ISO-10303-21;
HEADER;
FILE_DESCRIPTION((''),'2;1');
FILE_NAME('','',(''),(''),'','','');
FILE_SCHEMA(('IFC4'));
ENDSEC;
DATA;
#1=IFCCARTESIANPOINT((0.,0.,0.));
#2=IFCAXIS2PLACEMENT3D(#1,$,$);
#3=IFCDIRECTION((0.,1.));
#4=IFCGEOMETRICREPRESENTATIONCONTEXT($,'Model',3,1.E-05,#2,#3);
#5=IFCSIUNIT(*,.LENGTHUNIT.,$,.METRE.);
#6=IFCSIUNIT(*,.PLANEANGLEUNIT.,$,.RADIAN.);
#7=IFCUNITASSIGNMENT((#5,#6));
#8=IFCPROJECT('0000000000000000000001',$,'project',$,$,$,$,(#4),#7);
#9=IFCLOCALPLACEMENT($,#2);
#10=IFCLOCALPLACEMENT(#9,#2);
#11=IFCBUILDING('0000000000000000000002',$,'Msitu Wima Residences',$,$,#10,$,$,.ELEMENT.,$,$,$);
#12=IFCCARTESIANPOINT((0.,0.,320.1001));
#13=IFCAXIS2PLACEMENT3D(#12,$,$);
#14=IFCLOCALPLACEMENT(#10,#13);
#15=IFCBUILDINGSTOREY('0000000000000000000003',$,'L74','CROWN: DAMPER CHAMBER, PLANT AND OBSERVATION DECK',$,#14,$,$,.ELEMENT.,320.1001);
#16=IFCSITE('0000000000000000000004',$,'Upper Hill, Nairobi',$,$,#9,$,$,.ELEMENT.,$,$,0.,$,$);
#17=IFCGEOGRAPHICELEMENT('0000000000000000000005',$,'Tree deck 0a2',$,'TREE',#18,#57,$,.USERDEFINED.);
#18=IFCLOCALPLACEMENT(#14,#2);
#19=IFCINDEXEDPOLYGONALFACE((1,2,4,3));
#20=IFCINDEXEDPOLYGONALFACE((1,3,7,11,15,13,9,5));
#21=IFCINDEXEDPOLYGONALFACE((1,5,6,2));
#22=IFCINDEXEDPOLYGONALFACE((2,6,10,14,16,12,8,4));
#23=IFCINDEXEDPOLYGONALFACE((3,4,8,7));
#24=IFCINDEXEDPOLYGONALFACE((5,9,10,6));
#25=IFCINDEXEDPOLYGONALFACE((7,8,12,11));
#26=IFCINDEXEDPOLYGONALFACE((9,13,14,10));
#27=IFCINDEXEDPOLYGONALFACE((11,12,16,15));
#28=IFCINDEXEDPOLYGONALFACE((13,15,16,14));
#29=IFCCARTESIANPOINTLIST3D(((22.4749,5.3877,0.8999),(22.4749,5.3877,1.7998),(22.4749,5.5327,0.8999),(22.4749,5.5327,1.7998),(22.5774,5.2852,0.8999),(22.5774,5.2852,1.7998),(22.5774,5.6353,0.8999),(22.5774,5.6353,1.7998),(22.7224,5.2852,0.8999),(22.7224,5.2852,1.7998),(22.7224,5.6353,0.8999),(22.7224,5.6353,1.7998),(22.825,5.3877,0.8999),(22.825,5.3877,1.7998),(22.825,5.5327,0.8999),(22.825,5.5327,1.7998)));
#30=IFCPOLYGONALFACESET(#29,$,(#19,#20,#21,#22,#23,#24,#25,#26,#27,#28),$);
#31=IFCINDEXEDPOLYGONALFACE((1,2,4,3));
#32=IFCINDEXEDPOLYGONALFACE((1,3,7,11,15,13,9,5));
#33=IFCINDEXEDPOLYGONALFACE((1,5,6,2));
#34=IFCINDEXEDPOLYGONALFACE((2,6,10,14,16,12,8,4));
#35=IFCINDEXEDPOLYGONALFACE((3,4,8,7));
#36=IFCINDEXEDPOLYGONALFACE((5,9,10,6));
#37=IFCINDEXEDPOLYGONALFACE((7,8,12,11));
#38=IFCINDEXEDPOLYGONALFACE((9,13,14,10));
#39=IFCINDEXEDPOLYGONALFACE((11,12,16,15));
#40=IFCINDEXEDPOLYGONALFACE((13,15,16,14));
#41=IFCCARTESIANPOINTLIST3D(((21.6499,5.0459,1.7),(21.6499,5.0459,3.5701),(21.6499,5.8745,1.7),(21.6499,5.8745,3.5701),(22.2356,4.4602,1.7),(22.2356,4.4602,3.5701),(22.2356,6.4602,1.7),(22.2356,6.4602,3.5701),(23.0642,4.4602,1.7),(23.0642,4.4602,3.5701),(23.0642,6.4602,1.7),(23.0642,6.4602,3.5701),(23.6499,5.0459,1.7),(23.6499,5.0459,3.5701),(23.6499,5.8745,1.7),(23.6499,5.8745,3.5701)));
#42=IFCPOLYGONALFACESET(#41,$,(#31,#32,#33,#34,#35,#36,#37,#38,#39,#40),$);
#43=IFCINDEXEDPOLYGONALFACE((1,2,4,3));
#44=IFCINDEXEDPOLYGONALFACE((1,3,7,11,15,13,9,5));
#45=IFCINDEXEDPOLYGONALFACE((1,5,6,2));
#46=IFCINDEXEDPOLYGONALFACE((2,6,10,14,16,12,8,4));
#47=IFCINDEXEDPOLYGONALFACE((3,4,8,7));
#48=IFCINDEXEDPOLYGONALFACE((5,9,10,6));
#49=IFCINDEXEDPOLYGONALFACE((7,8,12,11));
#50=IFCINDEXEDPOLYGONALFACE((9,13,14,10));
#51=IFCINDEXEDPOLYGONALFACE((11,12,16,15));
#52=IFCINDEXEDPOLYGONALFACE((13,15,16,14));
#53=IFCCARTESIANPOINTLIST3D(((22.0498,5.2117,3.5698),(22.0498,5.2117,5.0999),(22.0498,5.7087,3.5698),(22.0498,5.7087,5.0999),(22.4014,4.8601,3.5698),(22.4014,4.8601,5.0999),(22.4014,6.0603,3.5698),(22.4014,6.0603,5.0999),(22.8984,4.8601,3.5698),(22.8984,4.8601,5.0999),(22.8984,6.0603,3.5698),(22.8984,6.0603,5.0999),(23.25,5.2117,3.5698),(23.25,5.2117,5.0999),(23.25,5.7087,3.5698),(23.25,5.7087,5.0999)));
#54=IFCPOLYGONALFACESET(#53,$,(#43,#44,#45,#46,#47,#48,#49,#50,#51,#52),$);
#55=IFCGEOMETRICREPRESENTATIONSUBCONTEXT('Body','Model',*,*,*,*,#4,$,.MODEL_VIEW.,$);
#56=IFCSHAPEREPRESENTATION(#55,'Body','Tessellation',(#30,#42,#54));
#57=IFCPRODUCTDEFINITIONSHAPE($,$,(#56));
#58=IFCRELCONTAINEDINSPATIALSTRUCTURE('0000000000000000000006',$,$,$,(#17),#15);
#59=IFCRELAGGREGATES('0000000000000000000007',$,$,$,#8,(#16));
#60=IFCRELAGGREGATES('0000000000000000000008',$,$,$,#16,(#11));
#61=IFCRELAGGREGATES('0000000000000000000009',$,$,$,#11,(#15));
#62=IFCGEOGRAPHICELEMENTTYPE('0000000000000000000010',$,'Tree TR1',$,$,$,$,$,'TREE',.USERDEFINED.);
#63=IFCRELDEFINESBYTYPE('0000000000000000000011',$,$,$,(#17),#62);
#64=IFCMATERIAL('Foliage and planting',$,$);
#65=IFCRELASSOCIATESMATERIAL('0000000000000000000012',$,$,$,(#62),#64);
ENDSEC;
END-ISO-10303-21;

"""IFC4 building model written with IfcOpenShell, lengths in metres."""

from ifc_helpers import new_model, si_unit, direction, frame, origin, place, context, subcontext, project, spatial, polyline, outline, extrude, material, type_object, element, save


model = new_model("IFC4")

# Units and contexts
model_context = context("Model", 3, precision=1e-05, world=origin(), true_north=direction((0.0, 1.0)))
body_context = subcontext(model_context, "Body", "Model", "MODEL_VIEW")
ifc_project = project(units=[si_unit("LENGTHUNIT", "METRE"), si_unit("PLANEANGLEUNIT", "RADIAN")], contexts=[model_context])

# Site, building, storey
site_placement = place(None, origin())
site = spatial("IfcSite", under=ifc_project, at=site_placement, Name="Upper Hill, Nairobi", CompositionType="ELEMENT", RefElevation=0.0)
building_placement = place(site_placement, origin())
building = spatial("IfcBuilding", under=site, at=building_placement, Name="Msitu Wima Residences", CompositionType="ELEMENT")
storey_placement = place(building_placement, frame((0.0, 0.0, 320.1001)))
storey = spatial("IfcBuildingStorey", under=building, at=storey_placement, Name="L74", Description="CROWN: DAMPER CHAMBER, PLANT AND OBSERVATION DECK", CompositionType="ELEMENT", Elevation=320.1001)

# Geographic element
ifc_material_1 = material(Name="Foliage and planting")
geographic_element_type = type_object("IfcGeographicElementType", Name="Tree TR1", ElementType="TREE", PredefinedType="USERDEFINED", material=ifc_material_1)
geographic_element_placement = place(storey_placement, frame((22.6499, 5.4602, 0.8999), z_axis=(0.0, 0.0, 1.0), x_axis=(1.0, 0.0, 0.0)))
element("IfcGeographicElement", 1, at=geographic_element_placement, inside=storey, type_object=geographic_element_type, Name="Tree deck 0a2", ObjectType="TREE", PredefinedType="USERDEFINED", context=body_context, shape_type="SweptSolid", body=[
    extrude(outline(polyline([(0.175, 0.0725), (0.0725, 0.175), (-0.0725, 0.175), (-0.175, 0.0725), (-0.175, -0.0725), (-0.0725, -0.175), (0.0725, -0.175), (0.175, -0.0725), (0.175, 0.0725)])), origin(), (0.0, 0.0, 1.0), 0.8999),
    extrude(outline(polyline([(1.0, 0.4143), (0.4143, 1.0), (-0.4143, 1.0), (-1.0, 0.4143), (-1.0, -0.4143), (-0.4143, -1.0), (0.4143, -1.0), (1.0, -0.4143), (1.0, 0.4143)])), frame((0.0, 0.0, 0.8)), (0.0, 0.0, 1.0), 1.8701),
    extrude(outline(polyline([(0.6001, 0.2485), (0.2485, 0.6001), (-0.2485, 0.6001), (-0.6001, 0.2485), (-0.6001, -0.2485), (-0.2485, -0.6001), (0.2485, -0.6001), (0.6001, -0.2485), (0.6001, 0.2485)])), frame((0.0, 0.0, 2.6699)), (0.0, 0.0, 1.0), 1.53),
])

save(model, "model.ifc")
